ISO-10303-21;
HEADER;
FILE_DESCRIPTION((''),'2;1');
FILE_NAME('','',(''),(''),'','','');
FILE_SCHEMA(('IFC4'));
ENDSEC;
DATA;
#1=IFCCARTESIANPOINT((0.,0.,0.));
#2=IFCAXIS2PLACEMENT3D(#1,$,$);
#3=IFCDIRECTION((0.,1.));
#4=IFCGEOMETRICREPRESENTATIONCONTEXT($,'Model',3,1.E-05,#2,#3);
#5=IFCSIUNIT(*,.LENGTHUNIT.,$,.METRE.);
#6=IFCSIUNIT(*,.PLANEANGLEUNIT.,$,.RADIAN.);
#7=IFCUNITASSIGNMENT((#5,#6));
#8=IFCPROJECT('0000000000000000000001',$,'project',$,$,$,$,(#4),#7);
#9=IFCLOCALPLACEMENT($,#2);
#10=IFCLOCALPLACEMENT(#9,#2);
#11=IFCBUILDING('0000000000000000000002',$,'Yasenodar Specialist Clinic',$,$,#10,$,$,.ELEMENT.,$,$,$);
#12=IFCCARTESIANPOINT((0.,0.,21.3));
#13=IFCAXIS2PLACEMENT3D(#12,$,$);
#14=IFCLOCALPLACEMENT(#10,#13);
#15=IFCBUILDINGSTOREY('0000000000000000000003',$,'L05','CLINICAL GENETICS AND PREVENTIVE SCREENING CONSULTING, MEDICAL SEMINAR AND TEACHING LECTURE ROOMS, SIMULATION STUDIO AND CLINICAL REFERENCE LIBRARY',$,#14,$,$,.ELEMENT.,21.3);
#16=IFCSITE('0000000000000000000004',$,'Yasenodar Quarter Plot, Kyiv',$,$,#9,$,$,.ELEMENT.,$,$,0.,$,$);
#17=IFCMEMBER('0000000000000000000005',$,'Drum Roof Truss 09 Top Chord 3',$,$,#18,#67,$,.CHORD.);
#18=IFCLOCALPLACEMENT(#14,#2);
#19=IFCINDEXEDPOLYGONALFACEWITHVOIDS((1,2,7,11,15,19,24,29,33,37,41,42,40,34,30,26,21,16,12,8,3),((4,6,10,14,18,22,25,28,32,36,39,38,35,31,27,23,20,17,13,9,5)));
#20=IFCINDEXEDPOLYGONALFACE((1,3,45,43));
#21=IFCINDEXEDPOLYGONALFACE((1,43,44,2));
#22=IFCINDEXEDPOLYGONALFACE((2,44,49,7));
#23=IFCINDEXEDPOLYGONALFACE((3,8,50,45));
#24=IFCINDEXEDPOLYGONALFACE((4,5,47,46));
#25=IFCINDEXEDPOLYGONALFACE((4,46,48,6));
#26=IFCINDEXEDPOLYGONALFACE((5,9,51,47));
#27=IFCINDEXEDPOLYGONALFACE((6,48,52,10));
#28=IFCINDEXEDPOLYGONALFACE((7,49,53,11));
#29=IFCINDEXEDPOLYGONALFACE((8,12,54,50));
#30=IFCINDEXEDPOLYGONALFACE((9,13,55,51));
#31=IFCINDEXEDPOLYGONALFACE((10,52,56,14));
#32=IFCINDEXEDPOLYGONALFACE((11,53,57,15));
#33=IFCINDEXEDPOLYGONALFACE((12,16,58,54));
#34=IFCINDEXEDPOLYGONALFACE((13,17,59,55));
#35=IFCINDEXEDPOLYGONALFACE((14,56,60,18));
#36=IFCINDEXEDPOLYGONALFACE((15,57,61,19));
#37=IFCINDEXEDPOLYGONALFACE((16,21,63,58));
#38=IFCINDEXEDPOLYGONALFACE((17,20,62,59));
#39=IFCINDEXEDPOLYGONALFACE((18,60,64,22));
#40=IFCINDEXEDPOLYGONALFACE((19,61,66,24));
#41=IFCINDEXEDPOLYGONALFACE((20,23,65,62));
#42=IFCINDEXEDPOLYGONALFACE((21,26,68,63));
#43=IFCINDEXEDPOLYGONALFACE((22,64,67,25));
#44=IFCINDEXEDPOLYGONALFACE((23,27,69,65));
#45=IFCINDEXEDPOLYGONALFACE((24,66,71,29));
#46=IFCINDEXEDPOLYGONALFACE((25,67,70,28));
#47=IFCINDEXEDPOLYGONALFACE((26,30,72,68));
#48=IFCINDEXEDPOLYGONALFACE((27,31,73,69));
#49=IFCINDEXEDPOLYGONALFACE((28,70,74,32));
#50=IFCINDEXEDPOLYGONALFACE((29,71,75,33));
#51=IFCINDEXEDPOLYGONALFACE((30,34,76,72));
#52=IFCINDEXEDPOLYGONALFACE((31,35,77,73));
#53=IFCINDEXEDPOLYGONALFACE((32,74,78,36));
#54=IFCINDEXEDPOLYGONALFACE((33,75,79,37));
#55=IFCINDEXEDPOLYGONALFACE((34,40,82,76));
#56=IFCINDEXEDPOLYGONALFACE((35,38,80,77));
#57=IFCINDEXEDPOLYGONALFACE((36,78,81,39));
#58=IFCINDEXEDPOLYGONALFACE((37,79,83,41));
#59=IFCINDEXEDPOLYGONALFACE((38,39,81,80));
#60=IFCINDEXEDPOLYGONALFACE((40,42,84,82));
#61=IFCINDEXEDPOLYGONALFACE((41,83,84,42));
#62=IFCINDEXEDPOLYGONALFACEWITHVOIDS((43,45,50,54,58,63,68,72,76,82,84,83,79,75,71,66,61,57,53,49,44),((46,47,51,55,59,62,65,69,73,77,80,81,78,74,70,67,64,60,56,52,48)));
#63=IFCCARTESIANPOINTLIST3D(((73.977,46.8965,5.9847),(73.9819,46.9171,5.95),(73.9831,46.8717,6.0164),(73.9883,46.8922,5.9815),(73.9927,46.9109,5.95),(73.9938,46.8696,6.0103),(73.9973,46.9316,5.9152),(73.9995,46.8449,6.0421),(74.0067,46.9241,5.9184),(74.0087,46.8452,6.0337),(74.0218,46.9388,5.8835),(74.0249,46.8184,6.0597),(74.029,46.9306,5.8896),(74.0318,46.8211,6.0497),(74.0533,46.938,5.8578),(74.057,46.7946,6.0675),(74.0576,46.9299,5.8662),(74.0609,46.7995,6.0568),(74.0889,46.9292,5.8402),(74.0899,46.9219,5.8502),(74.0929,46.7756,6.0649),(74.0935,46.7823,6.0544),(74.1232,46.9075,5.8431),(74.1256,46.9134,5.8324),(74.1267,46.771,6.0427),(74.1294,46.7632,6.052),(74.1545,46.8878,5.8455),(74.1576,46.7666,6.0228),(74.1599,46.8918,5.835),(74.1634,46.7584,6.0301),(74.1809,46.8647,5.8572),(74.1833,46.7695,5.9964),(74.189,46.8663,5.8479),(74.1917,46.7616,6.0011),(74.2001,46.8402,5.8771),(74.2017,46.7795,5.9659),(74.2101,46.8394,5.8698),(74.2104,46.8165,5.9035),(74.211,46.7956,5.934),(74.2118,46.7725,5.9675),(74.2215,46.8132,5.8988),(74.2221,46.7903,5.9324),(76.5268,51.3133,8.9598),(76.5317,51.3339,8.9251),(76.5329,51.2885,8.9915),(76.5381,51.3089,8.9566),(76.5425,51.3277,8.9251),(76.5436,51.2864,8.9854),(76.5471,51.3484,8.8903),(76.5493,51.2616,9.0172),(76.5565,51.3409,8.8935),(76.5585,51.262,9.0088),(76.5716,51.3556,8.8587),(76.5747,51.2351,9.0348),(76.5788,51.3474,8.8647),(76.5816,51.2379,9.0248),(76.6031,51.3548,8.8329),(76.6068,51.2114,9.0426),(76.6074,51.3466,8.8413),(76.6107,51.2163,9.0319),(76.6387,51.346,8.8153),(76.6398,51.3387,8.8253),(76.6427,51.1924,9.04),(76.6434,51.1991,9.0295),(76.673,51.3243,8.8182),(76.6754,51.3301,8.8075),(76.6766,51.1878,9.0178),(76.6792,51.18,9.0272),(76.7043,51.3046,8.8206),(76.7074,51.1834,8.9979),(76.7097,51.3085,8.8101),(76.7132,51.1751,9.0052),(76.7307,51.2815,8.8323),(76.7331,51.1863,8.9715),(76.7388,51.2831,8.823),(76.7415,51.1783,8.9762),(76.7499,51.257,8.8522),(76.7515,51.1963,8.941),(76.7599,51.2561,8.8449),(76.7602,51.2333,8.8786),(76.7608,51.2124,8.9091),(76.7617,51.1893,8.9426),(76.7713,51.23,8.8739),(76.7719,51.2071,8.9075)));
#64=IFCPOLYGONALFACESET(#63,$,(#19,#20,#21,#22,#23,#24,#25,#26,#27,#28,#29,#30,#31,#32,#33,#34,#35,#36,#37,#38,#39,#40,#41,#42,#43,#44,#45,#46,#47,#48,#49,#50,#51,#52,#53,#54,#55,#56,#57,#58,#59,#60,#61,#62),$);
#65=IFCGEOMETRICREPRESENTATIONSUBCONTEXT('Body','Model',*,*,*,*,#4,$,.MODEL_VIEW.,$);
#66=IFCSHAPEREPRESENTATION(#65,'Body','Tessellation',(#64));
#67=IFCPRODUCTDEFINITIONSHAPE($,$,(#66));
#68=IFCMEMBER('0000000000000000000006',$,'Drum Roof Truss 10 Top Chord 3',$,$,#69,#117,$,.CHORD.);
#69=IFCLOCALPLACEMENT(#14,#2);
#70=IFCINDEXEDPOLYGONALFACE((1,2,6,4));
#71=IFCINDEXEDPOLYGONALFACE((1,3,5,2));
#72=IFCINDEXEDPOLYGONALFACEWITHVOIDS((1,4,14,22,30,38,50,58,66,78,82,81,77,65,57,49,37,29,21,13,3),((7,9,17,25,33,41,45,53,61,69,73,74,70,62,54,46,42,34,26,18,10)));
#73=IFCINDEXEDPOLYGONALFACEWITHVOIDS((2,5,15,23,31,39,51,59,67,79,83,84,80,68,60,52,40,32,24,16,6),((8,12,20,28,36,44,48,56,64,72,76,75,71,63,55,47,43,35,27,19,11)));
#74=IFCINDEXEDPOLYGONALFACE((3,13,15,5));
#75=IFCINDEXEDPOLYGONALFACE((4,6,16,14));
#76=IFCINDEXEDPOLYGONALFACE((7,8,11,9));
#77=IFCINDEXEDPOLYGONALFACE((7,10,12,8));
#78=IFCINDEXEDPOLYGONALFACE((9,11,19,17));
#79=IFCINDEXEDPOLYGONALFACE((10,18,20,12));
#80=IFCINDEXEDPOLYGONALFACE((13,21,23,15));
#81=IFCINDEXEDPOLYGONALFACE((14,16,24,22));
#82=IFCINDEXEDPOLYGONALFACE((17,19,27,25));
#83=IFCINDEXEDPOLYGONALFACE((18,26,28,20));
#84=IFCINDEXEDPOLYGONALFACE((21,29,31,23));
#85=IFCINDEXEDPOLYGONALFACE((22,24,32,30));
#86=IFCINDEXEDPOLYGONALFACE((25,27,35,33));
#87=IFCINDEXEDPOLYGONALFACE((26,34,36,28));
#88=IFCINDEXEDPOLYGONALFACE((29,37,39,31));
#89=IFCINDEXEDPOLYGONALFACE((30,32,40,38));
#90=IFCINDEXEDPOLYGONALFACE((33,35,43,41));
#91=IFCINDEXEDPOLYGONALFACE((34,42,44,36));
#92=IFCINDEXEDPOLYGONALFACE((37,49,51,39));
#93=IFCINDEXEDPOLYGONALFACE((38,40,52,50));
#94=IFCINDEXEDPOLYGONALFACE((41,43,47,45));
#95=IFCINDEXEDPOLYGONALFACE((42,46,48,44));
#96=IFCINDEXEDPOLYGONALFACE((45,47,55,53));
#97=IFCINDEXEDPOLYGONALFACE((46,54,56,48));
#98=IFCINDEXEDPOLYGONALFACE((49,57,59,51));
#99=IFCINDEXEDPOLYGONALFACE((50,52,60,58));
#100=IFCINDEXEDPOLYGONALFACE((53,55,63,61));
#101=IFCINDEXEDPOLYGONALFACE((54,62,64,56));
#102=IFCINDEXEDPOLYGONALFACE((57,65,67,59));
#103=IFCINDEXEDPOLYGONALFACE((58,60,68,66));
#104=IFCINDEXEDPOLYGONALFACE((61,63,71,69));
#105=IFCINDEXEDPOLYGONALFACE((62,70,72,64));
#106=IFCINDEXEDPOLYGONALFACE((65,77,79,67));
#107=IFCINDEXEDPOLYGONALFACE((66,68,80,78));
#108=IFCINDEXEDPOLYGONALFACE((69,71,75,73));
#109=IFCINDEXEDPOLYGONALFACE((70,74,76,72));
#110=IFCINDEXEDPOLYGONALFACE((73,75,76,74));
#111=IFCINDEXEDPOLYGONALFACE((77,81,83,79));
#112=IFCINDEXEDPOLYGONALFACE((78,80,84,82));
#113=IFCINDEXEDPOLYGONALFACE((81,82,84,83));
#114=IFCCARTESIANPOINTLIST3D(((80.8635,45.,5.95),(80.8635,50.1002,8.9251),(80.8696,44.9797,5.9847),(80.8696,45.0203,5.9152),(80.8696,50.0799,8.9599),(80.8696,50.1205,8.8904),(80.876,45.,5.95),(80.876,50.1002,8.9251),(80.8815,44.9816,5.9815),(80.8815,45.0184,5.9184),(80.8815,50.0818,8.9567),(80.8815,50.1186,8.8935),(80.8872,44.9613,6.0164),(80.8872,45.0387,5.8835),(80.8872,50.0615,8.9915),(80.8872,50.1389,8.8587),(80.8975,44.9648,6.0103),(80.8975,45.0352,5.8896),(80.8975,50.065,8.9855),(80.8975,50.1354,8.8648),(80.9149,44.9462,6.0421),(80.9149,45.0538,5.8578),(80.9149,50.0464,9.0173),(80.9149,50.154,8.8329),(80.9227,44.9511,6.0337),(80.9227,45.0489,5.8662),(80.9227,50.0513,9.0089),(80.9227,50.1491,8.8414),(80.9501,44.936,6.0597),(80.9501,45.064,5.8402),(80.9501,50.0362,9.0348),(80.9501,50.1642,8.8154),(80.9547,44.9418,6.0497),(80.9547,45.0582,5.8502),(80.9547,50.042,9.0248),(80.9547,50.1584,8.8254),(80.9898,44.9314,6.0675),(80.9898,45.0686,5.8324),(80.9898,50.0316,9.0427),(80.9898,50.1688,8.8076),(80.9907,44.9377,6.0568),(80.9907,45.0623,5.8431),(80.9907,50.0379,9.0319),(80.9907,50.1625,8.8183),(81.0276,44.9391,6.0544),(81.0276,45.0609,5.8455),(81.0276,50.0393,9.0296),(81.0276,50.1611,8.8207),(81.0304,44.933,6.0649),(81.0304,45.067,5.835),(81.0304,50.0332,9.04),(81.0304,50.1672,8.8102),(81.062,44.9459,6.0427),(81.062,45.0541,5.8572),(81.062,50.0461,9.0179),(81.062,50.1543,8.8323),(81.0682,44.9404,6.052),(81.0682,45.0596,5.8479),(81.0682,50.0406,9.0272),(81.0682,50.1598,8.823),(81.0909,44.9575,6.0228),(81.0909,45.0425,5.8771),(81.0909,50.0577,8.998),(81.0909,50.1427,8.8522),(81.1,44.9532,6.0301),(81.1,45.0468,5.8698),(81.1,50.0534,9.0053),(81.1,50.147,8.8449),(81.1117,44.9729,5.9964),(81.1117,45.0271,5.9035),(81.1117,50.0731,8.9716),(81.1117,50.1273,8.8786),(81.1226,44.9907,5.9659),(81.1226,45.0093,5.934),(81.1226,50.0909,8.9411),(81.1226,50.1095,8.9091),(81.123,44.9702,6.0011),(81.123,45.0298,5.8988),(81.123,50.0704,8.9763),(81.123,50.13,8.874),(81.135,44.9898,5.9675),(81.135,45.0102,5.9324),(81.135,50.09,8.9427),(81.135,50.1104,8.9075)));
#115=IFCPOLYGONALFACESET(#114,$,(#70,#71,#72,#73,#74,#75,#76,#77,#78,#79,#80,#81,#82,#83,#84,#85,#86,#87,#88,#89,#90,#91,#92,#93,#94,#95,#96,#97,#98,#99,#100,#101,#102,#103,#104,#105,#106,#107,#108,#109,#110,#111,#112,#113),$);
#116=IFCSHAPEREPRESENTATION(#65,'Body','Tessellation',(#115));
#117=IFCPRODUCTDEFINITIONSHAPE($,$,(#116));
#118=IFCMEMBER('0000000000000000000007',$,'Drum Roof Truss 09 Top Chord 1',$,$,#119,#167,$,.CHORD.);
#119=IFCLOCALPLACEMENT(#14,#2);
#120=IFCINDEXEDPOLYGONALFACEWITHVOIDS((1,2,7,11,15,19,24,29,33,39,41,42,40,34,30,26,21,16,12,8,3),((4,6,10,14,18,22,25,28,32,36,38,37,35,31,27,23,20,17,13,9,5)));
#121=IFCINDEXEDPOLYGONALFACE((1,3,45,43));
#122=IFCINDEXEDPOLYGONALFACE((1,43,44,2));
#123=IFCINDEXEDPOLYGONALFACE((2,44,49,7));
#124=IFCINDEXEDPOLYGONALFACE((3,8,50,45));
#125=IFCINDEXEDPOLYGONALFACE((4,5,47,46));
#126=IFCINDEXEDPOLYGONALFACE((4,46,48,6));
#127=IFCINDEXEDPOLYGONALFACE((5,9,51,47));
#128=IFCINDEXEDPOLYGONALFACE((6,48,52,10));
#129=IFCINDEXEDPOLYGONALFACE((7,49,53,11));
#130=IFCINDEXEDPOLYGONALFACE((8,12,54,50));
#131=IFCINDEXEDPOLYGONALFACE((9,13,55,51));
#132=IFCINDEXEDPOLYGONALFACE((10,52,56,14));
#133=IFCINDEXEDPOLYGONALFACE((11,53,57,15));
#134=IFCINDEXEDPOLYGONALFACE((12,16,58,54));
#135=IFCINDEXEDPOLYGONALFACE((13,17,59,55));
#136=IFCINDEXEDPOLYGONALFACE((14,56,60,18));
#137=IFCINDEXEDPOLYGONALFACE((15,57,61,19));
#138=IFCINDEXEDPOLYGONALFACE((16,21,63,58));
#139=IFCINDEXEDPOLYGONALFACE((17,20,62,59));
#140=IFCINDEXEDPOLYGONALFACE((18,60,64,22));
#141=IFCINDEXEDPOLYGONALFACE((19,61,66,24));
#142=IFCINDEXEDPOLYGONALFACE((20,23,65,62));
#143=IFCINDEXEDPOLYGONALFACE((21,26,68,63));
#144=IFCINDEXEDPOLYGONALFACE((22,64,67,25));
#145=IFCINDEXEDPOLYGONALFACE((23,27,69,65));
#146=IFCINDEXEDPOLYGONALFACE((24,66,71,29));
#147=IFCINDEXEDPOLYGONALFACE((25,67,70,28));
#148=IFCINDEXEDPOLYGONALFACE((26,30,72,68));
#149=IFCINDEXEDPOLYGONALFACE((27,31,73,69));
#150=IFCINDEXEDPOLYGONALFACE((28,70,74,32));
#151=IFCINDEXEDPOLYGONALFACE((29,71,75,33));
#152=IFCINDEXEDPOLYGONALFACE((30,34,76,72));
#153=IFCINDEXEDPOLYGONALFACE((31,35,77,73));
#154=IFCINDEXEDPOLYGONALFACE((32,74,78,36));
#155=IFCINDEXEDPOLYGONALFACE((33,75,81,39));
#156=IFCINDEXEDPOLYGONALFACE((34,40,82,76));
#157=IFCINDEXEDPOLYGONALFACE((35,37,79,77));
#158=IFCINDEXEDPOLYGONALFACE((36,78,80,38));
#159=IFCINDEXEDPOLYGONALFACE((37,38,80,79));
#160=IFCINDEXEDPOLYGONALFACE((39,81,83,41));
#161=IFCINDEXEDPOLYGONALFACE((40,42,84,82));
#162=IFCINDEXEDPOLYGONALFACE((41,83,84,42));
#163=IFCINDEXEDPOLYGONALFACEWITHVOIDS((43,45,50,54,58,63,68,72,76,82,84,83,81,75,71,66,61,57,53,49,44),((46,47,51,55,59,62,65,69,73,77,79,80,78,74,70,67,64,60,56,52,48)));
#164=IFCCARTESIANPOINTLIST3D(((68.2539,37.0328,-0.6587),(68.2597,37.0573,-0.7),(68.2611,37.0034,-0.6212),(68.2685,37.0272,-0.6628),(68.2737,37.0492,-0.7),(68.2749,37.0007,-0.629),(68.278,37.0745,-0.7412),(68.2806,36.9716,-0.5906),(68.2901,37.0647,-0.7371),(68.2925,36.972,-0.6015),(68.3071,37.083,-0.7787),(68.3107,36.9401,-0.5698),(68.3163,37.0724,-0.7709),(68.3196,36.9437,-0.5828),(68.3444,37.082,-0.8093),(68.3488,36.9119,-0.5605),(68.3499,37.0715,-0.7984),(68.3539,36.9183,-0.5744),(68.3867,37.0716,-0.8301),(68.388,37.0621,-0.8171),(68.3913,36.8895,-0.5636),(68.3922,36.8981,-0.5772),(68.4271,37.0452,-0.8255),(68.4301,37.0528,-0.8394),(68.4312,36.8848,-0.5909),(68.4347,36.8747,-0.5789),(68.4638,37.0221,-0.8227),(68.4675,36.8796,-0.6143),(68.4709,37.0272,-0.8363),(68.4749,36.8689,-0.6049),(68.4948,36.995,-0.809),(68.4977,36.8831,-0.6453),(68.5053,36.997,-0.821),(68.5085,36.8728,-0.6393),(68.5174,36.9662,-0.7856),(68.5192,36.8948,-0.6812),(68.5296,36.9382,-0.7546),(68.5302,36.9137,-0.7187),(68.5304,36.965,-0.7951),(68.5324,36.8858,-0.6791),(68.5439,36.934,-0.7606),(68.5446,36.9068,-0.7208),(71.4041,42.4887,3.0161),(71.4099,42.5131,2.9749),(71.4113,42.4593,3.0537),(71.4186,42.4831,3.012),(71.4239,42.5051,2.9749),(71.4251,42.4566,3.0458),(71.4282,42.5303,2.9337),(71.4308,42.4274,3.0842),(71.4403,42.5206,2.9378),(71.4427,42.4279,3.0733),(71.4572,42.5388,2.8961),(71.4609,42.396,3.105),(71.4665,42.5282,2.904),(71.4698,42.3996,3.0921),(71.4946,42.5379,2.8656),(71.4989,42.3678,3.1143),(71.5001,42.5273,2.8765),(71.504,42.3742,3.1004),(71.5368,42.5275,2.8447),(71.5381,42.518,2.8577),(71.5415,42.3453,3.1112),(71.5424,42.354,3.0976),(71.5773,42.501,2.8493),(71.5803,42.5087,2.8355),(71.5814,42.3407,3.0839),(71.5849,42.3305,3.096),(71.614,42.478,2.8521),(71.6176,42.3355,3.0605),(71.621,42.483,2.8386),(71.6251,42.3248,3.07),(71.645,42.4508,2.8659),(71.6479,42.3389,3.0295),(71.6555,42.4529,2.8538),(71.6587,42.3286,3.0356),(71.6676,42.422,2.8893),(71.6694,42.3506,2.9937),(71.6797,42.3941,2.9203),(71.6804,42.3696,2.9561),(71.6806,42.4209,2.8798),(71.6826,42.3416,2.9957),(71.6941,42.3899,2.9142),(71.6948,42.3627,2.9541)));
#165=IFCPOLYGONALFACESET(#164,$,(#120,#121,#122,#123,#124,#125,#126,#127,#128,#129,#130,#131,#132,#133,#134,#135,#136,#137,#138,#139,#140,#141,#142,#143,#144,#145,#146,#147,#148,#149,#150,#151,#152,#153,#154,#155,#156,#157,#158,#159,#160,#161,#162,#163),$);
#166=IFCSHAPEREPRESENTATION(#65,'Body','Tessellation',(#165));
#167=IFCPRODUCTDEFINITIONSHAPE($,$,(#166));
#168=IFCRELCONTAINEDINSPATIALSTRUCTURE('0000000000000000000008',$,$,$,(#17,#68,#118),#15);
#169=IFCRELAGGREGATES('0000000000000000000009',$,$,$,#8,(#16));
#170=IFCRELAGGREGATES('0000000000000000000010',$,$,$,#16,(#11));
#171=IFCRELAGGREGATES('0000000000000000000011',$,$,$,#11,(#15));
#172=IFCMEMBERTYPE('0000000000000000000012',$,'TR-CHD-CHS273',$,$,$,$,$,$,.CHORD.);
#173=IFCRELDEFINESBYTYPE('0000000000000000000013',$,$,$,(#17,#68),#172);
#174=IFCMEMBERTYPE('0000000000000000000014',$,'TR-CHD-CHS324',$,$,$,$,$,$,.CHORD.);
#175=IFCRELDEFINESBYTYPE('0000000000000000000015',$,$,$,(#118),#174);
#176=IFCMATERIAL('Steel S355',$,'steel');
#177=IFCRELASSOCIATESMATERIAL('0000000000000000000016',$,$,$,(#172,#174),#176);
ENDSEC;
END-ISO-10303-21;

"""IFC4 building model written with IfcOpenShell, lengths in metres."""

from ifc_helpers import new_model, si_unit, direction, frame, origin, origin_2d, place, context, subcontext, project, spatial, hollow_circle, extrude, material, material_profile, profile_set, type_object, element, save


model = new_model("IFC4")

# Units and contexts
model_context = context("Model", 3, precision=1e-05, world=origin(), true_north=direction((0.0, 1.0)))
body_context = subcontext(model_context, "Body", "Model", "MODEL_VIEW")
ifc_project = project(units=[si_unit("LENGTHUNIT", "METRE"), si_unit("PLANEANGLEUNIT", "RADIAN")], contexts=[model_context])

# Site, building, storey
site_placement = place(None, origin())
site = spatial("IfcSite", under=ifc_project, at=site_placement, Name="Yasenodar Quarter Plot, Kyiv", CompositionType="ELEMENT", RefElevation=0.0)
building_placement = place(site_placement, origin())
building = spatial("IfcBuilding", under=site, at=building_placement, Name="Yasenodar Specialist Clinic", CompositionType="ELEMENT")
storey_placement = place(building_placement, frame((0.0, 0.0, 21.3)))
storey = spatial("IfcBuildingStorey", under=building, at=storey_placement, Name="L05", Description="CLINICAL GENETICS AND PREVENTIVE SCREENING CONSULTING, MEDICAL SEMINAR AND TEACHING LECTURE ROOMS, SIMULATION STUDIO AND CLINICAL REFERENCE LIBRARY", CompositionType="ELEMENT", Elevation=21.3)

# Members
ifc_material = material(Name="Steel S355", Category="steel")
ifc_material_profile_1 = material_profile(ifc_material, hollow_circle(Radius=0.1365, WallThickness=0.0125, at=origin_2d()), Name="CHS 273x12.5")
ifc_profile_set_1 = profile_set([ifc_material_profile_1], Name="Steel S355")
member_type_1 = type_object("IfcMemberType", Name="TR-CHD-CHS273", PredefinedType="CHORD", material=ifc_profile_set_1)
member_1_placement = place(storey_placement, frame((74.1001, 46.8489, 5.95), z_axis=(0.431858, 0.74806, 0.503889), x_axis=(-0.866043, 0.49997, 0.0)))
element("IfcMember", 1, at=member_1_placement, inside=storey, type_object=member_type_1, Name="Drum Roof Truss 09 Top Chord 3", PredefinedType="CHORD", context=body_context, shape_type="SweptSolid", body=[
    extrude(hollow_circle(Radius=0.1365, WallThickness=0.0125, at=origin_2d()), origin(), (0.0, 0.0, 1.0), 5.9043),
])
member_2_placement = place(storey_placement, frame((81.0, 45.0, 5.95), z_axis=(0.0, 0.863776, 0.503876), x_axis=(-1.0, 0.0, 0.0)))
element("IfcMember", 2, at=member_2_placement, inside=storey, type_object=member_type_1, Name="Drum Roof Truss 10 Top Chord 3", PredefinedType="CHORD", context=body_context, shape_type="SweptSolid", body=[
    extrude(hollow_circle(Radius=0.1365, WallThickness=0.0125, at=origin_2d()), origin(), (0.0, 0.0, 1.0), 5.9045),
])
ifc_material_profile_2 = material_profile(ifc_material, hollow_circle(Radius=0.1619, WallThickness=0.0161, at=origin_2d()), Name="CHS 323.9x16")
ifc_profile_set_2 = profile_set([ifc_material_profile_2], Name="Steel S355")
member_type_2 = type_object("IfcMemberType", Name="TR-CHD-CHS324", PredefinedType="CHORD", material=ifc_profile_set_2)
member_3_placement = place(storey_placement, frame((68.3999, 36.9763, -0.7), z_axis=(0.431918, 0.748049, 0.503854), x_axis=(-0.866009, 0.500028, 0.0)))
element("IfcMember", 3, at=member_3_placement, inside=storey, type_object=member_type_2, Name="Drum Roof Truss 09 Top Chord 1", PredefinedType="CHORD", context=body_context, shape_type="SweptSolid", body=[
    extrude(hollow_circle(Radius=0.1619, WallThickness=0.0161, at=origin_2d()), origin(), (0.0, 0.0, 1.0), 7.2935),
])

save(model, "model.ifc")
